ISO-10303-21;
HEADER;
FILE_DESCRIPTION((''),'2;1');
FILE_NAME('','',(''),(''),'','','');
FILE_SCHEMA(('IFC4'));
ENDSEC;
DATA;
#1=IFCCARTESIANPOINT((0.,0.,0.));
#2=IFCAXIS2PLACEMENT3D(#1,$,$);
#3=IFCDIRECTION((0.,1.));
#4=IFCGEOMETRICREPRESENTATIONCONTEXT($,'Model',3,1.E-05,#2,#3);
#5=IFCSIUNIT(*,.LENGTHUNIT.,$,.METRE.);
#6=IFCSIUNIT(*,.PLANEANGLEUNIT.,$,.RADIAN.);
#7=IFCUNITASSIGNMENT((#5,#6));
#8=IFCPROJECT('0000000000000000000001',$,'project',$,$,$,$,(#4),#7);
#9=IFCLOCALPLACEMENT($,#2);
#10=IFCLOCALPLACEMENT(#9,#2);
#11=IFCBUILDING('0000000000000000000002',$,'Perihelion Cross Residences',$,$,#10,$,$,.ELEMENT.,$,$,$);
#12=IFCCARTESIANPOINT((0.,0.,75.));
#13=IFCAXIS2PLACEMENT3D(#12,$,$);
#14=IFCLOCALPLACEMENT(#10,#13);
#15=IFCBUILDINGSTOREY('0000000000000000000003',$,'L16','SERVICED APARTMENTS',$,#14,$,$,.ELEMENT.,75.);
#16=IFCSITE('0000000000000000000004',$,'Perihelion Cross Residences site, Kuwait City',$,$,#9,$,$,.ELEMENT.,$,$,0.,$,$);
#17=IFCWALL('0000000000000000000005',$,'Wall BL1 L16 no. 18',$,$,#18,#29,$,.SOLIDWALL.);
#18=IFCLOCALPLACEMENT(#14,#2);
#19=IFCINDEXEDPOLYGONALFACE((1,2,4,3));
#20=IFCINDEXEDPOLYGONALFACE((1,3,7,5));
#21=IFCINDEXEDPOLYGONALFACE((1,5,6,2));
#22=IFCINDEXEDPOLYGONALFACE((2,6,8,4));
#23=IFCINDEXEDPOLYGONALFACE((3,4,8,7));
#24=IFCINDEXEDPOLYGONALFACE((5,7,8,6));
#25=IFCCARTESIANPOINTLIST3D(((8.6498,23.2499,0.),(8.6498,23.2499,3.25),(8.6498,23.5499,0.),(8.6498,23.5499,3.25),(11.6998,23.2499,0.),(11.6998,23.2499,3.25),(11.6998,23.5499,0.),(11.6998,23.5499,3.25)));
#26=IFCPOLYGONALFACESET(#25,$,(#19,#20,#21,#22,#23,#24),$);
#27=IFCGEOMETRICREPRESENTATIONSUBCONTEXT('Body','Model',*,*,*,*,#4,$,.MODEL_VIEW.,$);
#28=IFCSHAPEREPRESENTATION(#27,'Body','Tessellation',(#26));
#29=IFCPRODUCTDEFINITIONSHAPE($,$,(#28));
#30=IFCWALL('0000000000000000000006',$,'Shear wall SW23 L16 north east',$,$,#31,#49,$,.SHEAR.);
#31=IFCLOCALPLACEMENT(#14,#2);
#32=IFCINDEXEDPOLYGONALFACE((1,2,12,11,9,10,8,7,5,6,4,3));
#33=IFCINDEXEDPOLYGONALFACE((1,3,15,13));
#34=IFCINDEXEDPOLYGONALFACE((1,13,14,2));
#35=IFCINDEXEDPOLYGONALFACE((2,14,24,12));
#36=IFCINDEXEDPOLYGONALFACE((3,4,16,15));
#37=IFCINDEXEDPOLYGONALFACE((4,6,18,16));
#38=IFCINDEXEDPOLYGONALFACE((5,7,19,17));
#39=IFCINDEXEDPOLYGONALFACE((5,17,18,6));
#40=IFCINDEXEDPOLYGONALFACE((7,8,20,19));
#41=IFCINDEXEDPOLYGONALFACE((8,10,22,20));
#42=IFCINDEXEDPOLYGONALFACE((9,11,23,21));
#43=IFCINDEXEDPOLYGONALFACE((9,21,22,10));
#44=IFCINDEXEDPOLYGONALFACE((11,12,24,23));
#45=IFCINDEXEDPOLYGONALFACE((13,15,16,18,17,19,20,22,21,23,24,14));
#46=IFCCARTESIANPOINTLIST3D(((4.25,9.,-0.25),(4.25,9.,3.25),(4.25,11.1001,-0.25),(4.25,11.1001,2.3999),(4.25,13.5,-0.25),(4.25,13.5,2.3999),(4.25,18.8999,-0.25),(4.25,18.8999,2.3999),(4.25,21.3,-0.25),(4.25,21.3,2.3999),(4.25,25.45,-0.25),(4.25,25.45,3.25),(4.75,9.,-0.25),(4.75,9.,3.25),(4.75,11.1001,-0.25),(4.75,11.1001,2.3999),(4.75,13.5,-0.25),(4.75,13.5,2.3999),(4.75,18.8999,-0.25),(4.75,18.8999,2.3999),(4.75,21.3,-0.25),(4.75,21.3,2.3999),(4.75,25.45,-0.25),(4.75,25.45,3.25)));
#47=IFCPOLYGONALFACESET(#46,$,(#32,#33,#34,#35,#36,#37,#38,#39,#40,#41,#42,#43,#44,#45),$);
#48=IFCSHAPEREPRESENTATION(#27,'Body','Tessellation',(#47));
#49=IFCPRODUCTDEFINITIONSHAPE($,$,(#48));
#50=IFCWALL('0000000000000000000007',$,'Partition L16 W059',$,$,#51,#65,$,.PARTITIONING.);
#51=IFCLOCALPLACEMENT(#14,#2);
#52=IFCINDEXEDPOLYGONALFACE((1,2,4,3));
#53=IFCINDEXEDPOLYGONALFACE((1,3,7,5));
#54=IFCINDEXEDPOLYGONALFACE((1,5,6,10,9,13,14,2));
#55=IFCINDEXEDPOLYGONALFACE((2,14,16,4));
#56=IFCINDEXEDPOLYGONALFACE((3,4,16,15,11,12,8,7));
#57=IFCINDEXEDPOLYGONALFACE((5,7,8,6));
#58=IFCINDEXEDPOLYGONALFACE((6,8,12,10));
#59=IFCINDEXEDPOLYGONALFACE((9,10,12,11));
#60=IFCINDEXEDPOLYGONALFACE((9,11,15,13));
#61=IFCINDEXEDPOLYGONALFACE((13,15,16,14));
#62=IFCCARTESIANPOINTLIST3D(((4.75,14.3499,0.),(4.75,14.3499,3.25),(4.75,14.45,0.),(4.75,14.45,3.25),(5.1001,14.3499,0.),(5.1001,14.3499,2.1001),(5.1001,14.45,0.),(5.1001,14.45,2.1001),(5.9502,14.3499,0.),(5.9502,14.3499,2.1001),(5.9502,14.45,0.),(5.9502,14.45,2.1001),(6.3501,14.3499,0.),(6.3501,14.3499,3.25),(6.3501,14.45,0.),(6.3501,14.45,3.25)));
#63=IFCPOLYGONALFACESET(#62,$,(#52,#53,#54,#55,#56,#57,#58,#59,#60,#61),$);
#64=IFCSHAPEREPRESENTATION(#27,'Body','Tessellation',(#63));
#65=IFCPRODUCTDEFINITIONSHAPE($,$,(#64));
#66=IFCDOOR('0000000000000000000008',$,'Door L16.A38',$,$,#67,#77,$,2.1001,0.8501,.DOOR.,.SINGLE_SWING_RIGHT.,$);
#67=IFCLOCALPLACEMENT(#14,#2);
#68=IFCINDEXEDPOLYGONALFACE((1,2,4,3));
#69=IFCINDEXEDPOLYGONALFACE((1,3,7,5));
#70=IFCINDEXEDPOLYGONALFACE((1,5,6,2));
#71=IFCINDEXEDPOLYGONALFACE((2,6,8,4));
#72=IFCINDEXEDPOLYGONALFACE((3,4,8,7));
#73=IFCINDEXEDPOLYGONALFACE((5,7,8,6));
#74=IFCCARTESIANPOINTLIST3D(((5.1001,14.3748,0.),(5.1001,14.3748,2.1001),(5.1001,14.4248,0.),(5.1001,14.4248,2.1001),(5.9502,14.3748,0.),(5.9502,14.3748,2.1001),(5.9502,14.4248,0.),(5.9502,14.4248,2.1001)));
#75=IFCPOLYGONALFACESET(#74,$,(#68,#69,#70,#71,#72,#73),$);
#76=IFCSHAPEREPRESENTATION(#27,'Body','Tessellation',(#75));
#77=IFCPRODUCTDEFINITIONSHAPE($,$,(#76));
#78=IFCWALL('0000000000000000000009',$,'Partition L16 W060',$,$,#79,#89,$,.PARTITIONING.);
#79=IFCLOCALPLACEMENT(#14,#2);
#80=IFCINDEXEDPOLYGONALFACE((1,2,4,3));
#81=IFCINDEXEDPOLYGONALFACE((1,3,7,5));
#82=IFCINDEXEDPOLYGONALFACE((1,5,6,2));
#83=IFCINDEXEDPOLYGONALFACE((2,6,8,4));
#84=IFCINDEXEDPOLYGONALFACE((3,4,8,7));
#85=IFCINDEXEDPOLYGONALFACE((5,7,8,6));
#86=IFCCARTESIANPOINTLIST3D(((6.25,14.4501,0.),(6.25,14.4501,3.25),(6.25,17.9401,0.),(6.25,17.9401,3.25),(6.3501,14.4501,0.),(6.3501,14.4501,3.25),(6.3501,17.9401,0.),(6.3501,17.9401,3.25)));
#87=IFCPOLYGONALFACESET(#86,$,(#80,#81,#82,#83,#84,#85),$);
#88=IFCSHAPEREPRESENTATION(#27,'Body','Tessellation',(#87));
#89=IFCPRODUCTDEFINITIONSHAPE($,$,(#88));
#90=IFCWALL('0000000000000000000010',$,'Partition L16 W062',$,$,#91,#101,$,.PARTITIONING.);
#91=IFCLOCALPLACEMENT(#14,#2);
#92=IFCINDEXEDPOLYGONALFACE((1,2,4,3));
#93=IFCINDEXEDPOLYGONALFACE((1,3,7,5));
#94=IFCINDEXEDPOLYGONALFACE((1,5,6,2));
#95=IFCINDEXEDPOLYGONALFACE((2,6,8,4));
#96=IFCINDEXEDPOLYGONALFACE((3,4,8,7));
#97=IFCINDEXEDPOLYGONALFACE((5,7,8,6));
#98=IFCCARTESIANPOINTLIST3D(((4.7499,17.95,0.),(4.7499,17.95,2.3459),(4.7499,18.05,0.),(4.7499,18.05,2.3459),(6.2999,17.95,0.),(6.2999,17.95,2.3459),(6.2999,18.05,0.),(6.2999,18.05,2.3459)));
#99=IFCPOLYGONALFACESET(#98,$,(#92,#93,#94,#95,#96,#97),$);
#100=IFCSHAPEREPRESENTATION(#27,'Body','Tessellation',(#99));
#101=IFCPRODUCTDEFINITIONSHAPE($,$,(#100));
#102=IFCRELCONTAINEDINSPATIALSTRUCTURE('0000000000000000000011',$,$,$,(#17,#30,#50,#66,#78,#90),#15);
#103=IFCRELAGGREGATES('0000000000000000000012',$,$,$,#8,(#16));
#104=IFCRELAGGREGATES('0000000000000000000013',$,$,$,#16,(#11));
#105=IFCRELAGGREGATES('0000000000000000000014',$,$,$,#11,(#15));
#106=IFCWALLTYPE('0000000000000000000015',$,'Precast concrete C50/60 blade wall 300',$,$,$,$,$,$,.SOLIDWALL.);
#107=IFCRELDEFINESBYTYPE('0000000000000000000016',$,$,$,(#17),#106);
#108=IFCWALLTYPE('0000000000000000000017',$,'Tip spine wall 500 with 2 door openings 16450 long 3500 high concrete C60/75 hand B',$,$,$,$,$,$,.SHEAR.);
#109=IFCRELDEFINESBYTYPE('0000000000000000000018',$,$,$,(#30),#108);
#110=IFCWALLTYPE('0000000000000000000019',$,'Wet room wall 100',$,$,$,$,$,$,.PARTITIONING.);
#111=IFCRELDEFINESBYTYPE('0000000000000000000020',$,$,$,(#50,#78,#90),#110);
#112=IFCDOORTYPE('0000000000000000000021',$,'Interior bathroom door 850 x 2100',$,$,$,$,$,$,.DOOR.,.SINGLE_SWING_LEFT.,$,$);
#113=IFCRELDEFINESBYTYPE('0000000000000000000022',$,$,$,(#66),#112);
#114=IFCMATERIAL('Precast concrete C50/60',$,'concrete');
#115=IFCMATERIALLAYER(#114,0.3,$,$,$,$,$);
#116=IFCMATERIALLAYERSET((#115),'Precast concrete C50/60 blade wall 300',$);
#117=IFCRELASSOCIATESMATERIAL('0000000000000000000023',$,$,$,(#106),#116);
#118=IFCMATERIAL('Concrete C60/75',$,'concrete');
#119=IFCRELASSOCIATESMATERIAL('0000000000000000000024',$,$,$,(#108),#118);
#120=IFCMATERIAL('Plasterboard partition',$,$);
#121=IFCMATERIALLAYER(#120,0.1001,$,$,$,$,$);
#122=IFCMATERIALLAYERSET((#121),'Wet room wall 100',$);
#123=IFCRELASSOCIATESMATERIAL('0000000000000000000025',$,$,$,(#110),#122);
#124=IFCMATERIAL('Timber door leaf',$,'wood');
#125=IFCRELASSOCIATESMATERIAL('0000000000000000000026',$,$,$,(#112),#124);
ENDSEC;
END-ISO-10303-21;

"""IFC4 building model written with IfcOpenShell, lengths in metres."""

from ifc_helpers import new_model, si_unit, direction, frame, frame_2d, origin, place, context, subcontext, project, spatial, polyline, rectangle, outline, extrude, material, layer, layer_set, material_profile, profile_set, type_object, element, fill, save


model = new_model("IFC4")

# Units and contexts
model_context = context("Model", 3, precision=1e-05, world=origin(), true_north=direction((0.0, 1.0)))
body_context = subcontext(model_context, "Body", "Model", "MODEL_VIEW")
ifc_project = project(units=[si_unit("LENGTHUNIT", "METRE"), si_unit("PLANEANGLEUNIT", "RADIAN")], contexts=[model_context])

# Site, building, storey
site_placement = place(None, origin())
site = spatial("IfcSite", under=ifc_project, at=site_placement, Name="Perihelion Cross Residences site, Kuwait City", CompositionType="ELEMENT", RefElevation=0.0)
building_placement = place(site_placement, origin())
building = spatial("IfcBuilding", under=site, at=building_placement, Name="Perihelion Cross Residences", CompositionType="ELEMENT")
storey_placement = place(building_placement, frame((0.0, 0.0, 75.0)))
storey = spatial("IfcBuildingStorey", under=building, at=storey_placement, Name="L16", Description="SERVICED APARTMENTS", CompositionType="ELEMENT", Elevation=75.0)

# Walls
ifc_material_1 = material(Name="Precast concrete C50/60", Category="concrete")
ifc_layer_1 = layer(ifc_material_1, 0.3)
ifc_layer_set_1 = layer_set([ifc_layer_1], Name="Precast concrete C50/60 blade wall 300")
wall_type_1 = type_object("IfcWallType", Name="Precast concrete C50/60 blade wall 300", PredefinedType="SOLIDWALL", material=ifc_layer_set_1)
wall_1_placement = place(storey_placement, frame((8.6499, 23.3999, 0.0), z_axis=(0.0, 0.0, 1.0), x_axis=(1.0, 0.0, 0.0)))
element("IfcWall", 1, at=wall_1_placement, inside=storey, type_object=wall_type_1, Name="Wall BL1 L16 no. 18", PredefinedType="SOLIDWALL", context=body_context, shape_type="SweptSolid", body=[
    extrude(rectangle(XDim=3.05, YDim=0.3, at=frame_2d((1.5249, 0.0))), origin(), (0.0, 0.0, 1.0), 3.25),
])
ifc_material_2 = material(Name="Concrete C60/75", Category="concrete")
ifc_material_profile_1 = material_profile(ifc_material_2, outline(polyline([(0.0, 0.0), (2.1001, 0.0), (2.1001, 2.6499), (4.5, 2.6499), (4.5, 0.0), (9.8999, 0.0), (9.8999, 2.6499), (12.3, 2.6499), (12.3, 0.0), (16.45, 0.0), (16.45, 3.5), (0.0, 3.5), (0.0, 0.0)])), Name="Tip spine wall")
ifc_profile_set_1 = profile_set([ifc_material_profile_1], Name="Concrete C60/75")
wall_type_2 = type_object("IfcWallType", Name="Tip spine wall 500 with 2 door openings 16450 long 3500 high concrete C60/75 hand B", PredefinedType="SHEAR", material=ifc_profile_set_1)
wall_2_placement = place(storey_placement, frame((4.25, 9.0, -0.25), z_axis=(1.0, 0.0, 0.0), x_axis=(0.0, 1.0, 0.0)))
element("IfcWall", 2, at=wall_2_placement, inside=storey, type_object=wall_type_2, Name="Shear wall SW23 L16 north east", PredefinedType="SHEAR", context=body_context, shape_type="SweptSolid", body=[
    extrude(outline(polyline([(0.0, 0.0), (2.1001, 0.0), (2.1001, 2.6499), (4.5, 2.6499), (4.5, 0.0), (9.8999, 0.0), (9.8999, 2.6499), (12.3, 2.6499), (12.3, 0.0), (16.45, 0.0), (16.45, 3.5), (0.0, 3.5), (0.0, 0.0)])), origin(), (0.0, 0.0, 1.0), 0.5),
])

# Wall, opening, door
ifc_material_3 = material(Name="Plasterboard partition")
ifc_layer_2 = layer(ifc_material_3, 0.1001)
ifc_layer_set_2 = layer_set([ifc_layer_2], Name="Wet room wall 100")
wall_type_3 = type_object("IfcWallType", Name="Wet room wall 100", PredefinedType="PARTITIONING", material=ifc_layer_set_2)
wall_3_placement = place(storey_placement, frame((4.75, 14.3999, 0.0), z_axis=(0.0, 0.0, 1.0), x_axis=(1.0, 0.0, 0.0)))
wall_3 = element("IfcWall", 3, at=wall_3_placement, inside=storey, type_object=wall_type_3, Name="Partition L16 W059", PredefinedType="PARTITIONING", context=body_context, shape_type="SweptSolid", body=[
    extrude(rectangle(XDim=1.6001, YDim=0.1001, at=frame_2d((0.8, 0.0))), origin(), (0.0, 0.0, 1.0), 3.25),
])
opening_1_placement = place(wall_3_placement, frame((0.3501, 0.0, 0.0)))
opening_1 = element("IfcOpeningElement", 4, at=opening_1_placement, cuts=wall_3, PredefinedType="OPENING", context=body_context, shape_type="SweptSolid", body=[
    extrude(rectangle(XDim=0.8501, YDim=2.1001, at=frame_2d((0.425, 1.05))), frame((0.0, 0.0601, 0.0), z_axis=(0.0, -1.0, 0.0), x_axis=(1.0, 0.0, 0.0)), (0.0, 0.0, 1.0), 0.1201),
])
ifc_material_4 = material(Name="Timber door leaf", Category="wood")
door_type_1 = type_object("IfcDoorType", Name="Interior bathroom door 850 x 2100", OperationType="SINGLE_SWING_LEFT", PredefinedType="DOOR", material=ifc_material_4)
door_1_placement = place(opening_1_placement, origin())
door_1 = element("IfcDoor", 5, at=door_1_placement, inside=storey, type_object=door_type_1, Name="Door L16.A38", OperationType="SINGLE_SWING_RIGHT", OverallHeight=2.1001, OverallWidth=0.8501, PredefinedType="DOOR", context=body_context, shape_type="SweptSolid", body=[
    extrude(rectangle(XDim=0.8501, YDim=2.1001, at=frame_2d((0.425, 1.05))), frame((0.0, 0.0249, 0.0), z_axis=(0.0, -1.0, 0.0), x_axis=(1.0, 0.0, 0.0)), (0.0, 0.0, 1.0), 0.05),
])
fill(opening_1, door_1)

# Walls
wall_4_placement = place(storey_placement, frame((6.3, 14.45, 0.0), z_axis=(0.0, 0.0, 1.0), x_axis=(0.0, 1.0, 0.0)))
element("IfcWall", 6, at=wall_4_placement, inside=storey, type_object=wall_type_3, Name="Partition L16 W060", PredefinedType="PARTITIONING", context=body_context, shape_type="SweptSolid", body=[
    extrude(rectangle(XDim=3.49, YDim=0.1001, at=frame_2d((1.7451, 0.0))), origin(), (0.0, 0.0, 1.0), 3.25),
])
wall_5_placement = place(storey_placement, frame((4.75, 18.0, 0.0), z_axis=(0.0, 0.0, 1.0), x_axis=(1.0, 0.0, 0.0)))
element("IfcWall", 7, at=wall_5_placement, inside=storey, type_object=wall_type_3, Name="Partition L16 W062", PredefinedType="PARTITIONING", context=body_context, shape_type="SweptSolid", body=[
    extrude(rectangle(XDim=1.55, YDim=0.1001, at=frame_2d((0.7749, 0.0))), origin(), (0.0, 0.0, 1.0), 2.3459),
])

save(model, "model.ifc")
